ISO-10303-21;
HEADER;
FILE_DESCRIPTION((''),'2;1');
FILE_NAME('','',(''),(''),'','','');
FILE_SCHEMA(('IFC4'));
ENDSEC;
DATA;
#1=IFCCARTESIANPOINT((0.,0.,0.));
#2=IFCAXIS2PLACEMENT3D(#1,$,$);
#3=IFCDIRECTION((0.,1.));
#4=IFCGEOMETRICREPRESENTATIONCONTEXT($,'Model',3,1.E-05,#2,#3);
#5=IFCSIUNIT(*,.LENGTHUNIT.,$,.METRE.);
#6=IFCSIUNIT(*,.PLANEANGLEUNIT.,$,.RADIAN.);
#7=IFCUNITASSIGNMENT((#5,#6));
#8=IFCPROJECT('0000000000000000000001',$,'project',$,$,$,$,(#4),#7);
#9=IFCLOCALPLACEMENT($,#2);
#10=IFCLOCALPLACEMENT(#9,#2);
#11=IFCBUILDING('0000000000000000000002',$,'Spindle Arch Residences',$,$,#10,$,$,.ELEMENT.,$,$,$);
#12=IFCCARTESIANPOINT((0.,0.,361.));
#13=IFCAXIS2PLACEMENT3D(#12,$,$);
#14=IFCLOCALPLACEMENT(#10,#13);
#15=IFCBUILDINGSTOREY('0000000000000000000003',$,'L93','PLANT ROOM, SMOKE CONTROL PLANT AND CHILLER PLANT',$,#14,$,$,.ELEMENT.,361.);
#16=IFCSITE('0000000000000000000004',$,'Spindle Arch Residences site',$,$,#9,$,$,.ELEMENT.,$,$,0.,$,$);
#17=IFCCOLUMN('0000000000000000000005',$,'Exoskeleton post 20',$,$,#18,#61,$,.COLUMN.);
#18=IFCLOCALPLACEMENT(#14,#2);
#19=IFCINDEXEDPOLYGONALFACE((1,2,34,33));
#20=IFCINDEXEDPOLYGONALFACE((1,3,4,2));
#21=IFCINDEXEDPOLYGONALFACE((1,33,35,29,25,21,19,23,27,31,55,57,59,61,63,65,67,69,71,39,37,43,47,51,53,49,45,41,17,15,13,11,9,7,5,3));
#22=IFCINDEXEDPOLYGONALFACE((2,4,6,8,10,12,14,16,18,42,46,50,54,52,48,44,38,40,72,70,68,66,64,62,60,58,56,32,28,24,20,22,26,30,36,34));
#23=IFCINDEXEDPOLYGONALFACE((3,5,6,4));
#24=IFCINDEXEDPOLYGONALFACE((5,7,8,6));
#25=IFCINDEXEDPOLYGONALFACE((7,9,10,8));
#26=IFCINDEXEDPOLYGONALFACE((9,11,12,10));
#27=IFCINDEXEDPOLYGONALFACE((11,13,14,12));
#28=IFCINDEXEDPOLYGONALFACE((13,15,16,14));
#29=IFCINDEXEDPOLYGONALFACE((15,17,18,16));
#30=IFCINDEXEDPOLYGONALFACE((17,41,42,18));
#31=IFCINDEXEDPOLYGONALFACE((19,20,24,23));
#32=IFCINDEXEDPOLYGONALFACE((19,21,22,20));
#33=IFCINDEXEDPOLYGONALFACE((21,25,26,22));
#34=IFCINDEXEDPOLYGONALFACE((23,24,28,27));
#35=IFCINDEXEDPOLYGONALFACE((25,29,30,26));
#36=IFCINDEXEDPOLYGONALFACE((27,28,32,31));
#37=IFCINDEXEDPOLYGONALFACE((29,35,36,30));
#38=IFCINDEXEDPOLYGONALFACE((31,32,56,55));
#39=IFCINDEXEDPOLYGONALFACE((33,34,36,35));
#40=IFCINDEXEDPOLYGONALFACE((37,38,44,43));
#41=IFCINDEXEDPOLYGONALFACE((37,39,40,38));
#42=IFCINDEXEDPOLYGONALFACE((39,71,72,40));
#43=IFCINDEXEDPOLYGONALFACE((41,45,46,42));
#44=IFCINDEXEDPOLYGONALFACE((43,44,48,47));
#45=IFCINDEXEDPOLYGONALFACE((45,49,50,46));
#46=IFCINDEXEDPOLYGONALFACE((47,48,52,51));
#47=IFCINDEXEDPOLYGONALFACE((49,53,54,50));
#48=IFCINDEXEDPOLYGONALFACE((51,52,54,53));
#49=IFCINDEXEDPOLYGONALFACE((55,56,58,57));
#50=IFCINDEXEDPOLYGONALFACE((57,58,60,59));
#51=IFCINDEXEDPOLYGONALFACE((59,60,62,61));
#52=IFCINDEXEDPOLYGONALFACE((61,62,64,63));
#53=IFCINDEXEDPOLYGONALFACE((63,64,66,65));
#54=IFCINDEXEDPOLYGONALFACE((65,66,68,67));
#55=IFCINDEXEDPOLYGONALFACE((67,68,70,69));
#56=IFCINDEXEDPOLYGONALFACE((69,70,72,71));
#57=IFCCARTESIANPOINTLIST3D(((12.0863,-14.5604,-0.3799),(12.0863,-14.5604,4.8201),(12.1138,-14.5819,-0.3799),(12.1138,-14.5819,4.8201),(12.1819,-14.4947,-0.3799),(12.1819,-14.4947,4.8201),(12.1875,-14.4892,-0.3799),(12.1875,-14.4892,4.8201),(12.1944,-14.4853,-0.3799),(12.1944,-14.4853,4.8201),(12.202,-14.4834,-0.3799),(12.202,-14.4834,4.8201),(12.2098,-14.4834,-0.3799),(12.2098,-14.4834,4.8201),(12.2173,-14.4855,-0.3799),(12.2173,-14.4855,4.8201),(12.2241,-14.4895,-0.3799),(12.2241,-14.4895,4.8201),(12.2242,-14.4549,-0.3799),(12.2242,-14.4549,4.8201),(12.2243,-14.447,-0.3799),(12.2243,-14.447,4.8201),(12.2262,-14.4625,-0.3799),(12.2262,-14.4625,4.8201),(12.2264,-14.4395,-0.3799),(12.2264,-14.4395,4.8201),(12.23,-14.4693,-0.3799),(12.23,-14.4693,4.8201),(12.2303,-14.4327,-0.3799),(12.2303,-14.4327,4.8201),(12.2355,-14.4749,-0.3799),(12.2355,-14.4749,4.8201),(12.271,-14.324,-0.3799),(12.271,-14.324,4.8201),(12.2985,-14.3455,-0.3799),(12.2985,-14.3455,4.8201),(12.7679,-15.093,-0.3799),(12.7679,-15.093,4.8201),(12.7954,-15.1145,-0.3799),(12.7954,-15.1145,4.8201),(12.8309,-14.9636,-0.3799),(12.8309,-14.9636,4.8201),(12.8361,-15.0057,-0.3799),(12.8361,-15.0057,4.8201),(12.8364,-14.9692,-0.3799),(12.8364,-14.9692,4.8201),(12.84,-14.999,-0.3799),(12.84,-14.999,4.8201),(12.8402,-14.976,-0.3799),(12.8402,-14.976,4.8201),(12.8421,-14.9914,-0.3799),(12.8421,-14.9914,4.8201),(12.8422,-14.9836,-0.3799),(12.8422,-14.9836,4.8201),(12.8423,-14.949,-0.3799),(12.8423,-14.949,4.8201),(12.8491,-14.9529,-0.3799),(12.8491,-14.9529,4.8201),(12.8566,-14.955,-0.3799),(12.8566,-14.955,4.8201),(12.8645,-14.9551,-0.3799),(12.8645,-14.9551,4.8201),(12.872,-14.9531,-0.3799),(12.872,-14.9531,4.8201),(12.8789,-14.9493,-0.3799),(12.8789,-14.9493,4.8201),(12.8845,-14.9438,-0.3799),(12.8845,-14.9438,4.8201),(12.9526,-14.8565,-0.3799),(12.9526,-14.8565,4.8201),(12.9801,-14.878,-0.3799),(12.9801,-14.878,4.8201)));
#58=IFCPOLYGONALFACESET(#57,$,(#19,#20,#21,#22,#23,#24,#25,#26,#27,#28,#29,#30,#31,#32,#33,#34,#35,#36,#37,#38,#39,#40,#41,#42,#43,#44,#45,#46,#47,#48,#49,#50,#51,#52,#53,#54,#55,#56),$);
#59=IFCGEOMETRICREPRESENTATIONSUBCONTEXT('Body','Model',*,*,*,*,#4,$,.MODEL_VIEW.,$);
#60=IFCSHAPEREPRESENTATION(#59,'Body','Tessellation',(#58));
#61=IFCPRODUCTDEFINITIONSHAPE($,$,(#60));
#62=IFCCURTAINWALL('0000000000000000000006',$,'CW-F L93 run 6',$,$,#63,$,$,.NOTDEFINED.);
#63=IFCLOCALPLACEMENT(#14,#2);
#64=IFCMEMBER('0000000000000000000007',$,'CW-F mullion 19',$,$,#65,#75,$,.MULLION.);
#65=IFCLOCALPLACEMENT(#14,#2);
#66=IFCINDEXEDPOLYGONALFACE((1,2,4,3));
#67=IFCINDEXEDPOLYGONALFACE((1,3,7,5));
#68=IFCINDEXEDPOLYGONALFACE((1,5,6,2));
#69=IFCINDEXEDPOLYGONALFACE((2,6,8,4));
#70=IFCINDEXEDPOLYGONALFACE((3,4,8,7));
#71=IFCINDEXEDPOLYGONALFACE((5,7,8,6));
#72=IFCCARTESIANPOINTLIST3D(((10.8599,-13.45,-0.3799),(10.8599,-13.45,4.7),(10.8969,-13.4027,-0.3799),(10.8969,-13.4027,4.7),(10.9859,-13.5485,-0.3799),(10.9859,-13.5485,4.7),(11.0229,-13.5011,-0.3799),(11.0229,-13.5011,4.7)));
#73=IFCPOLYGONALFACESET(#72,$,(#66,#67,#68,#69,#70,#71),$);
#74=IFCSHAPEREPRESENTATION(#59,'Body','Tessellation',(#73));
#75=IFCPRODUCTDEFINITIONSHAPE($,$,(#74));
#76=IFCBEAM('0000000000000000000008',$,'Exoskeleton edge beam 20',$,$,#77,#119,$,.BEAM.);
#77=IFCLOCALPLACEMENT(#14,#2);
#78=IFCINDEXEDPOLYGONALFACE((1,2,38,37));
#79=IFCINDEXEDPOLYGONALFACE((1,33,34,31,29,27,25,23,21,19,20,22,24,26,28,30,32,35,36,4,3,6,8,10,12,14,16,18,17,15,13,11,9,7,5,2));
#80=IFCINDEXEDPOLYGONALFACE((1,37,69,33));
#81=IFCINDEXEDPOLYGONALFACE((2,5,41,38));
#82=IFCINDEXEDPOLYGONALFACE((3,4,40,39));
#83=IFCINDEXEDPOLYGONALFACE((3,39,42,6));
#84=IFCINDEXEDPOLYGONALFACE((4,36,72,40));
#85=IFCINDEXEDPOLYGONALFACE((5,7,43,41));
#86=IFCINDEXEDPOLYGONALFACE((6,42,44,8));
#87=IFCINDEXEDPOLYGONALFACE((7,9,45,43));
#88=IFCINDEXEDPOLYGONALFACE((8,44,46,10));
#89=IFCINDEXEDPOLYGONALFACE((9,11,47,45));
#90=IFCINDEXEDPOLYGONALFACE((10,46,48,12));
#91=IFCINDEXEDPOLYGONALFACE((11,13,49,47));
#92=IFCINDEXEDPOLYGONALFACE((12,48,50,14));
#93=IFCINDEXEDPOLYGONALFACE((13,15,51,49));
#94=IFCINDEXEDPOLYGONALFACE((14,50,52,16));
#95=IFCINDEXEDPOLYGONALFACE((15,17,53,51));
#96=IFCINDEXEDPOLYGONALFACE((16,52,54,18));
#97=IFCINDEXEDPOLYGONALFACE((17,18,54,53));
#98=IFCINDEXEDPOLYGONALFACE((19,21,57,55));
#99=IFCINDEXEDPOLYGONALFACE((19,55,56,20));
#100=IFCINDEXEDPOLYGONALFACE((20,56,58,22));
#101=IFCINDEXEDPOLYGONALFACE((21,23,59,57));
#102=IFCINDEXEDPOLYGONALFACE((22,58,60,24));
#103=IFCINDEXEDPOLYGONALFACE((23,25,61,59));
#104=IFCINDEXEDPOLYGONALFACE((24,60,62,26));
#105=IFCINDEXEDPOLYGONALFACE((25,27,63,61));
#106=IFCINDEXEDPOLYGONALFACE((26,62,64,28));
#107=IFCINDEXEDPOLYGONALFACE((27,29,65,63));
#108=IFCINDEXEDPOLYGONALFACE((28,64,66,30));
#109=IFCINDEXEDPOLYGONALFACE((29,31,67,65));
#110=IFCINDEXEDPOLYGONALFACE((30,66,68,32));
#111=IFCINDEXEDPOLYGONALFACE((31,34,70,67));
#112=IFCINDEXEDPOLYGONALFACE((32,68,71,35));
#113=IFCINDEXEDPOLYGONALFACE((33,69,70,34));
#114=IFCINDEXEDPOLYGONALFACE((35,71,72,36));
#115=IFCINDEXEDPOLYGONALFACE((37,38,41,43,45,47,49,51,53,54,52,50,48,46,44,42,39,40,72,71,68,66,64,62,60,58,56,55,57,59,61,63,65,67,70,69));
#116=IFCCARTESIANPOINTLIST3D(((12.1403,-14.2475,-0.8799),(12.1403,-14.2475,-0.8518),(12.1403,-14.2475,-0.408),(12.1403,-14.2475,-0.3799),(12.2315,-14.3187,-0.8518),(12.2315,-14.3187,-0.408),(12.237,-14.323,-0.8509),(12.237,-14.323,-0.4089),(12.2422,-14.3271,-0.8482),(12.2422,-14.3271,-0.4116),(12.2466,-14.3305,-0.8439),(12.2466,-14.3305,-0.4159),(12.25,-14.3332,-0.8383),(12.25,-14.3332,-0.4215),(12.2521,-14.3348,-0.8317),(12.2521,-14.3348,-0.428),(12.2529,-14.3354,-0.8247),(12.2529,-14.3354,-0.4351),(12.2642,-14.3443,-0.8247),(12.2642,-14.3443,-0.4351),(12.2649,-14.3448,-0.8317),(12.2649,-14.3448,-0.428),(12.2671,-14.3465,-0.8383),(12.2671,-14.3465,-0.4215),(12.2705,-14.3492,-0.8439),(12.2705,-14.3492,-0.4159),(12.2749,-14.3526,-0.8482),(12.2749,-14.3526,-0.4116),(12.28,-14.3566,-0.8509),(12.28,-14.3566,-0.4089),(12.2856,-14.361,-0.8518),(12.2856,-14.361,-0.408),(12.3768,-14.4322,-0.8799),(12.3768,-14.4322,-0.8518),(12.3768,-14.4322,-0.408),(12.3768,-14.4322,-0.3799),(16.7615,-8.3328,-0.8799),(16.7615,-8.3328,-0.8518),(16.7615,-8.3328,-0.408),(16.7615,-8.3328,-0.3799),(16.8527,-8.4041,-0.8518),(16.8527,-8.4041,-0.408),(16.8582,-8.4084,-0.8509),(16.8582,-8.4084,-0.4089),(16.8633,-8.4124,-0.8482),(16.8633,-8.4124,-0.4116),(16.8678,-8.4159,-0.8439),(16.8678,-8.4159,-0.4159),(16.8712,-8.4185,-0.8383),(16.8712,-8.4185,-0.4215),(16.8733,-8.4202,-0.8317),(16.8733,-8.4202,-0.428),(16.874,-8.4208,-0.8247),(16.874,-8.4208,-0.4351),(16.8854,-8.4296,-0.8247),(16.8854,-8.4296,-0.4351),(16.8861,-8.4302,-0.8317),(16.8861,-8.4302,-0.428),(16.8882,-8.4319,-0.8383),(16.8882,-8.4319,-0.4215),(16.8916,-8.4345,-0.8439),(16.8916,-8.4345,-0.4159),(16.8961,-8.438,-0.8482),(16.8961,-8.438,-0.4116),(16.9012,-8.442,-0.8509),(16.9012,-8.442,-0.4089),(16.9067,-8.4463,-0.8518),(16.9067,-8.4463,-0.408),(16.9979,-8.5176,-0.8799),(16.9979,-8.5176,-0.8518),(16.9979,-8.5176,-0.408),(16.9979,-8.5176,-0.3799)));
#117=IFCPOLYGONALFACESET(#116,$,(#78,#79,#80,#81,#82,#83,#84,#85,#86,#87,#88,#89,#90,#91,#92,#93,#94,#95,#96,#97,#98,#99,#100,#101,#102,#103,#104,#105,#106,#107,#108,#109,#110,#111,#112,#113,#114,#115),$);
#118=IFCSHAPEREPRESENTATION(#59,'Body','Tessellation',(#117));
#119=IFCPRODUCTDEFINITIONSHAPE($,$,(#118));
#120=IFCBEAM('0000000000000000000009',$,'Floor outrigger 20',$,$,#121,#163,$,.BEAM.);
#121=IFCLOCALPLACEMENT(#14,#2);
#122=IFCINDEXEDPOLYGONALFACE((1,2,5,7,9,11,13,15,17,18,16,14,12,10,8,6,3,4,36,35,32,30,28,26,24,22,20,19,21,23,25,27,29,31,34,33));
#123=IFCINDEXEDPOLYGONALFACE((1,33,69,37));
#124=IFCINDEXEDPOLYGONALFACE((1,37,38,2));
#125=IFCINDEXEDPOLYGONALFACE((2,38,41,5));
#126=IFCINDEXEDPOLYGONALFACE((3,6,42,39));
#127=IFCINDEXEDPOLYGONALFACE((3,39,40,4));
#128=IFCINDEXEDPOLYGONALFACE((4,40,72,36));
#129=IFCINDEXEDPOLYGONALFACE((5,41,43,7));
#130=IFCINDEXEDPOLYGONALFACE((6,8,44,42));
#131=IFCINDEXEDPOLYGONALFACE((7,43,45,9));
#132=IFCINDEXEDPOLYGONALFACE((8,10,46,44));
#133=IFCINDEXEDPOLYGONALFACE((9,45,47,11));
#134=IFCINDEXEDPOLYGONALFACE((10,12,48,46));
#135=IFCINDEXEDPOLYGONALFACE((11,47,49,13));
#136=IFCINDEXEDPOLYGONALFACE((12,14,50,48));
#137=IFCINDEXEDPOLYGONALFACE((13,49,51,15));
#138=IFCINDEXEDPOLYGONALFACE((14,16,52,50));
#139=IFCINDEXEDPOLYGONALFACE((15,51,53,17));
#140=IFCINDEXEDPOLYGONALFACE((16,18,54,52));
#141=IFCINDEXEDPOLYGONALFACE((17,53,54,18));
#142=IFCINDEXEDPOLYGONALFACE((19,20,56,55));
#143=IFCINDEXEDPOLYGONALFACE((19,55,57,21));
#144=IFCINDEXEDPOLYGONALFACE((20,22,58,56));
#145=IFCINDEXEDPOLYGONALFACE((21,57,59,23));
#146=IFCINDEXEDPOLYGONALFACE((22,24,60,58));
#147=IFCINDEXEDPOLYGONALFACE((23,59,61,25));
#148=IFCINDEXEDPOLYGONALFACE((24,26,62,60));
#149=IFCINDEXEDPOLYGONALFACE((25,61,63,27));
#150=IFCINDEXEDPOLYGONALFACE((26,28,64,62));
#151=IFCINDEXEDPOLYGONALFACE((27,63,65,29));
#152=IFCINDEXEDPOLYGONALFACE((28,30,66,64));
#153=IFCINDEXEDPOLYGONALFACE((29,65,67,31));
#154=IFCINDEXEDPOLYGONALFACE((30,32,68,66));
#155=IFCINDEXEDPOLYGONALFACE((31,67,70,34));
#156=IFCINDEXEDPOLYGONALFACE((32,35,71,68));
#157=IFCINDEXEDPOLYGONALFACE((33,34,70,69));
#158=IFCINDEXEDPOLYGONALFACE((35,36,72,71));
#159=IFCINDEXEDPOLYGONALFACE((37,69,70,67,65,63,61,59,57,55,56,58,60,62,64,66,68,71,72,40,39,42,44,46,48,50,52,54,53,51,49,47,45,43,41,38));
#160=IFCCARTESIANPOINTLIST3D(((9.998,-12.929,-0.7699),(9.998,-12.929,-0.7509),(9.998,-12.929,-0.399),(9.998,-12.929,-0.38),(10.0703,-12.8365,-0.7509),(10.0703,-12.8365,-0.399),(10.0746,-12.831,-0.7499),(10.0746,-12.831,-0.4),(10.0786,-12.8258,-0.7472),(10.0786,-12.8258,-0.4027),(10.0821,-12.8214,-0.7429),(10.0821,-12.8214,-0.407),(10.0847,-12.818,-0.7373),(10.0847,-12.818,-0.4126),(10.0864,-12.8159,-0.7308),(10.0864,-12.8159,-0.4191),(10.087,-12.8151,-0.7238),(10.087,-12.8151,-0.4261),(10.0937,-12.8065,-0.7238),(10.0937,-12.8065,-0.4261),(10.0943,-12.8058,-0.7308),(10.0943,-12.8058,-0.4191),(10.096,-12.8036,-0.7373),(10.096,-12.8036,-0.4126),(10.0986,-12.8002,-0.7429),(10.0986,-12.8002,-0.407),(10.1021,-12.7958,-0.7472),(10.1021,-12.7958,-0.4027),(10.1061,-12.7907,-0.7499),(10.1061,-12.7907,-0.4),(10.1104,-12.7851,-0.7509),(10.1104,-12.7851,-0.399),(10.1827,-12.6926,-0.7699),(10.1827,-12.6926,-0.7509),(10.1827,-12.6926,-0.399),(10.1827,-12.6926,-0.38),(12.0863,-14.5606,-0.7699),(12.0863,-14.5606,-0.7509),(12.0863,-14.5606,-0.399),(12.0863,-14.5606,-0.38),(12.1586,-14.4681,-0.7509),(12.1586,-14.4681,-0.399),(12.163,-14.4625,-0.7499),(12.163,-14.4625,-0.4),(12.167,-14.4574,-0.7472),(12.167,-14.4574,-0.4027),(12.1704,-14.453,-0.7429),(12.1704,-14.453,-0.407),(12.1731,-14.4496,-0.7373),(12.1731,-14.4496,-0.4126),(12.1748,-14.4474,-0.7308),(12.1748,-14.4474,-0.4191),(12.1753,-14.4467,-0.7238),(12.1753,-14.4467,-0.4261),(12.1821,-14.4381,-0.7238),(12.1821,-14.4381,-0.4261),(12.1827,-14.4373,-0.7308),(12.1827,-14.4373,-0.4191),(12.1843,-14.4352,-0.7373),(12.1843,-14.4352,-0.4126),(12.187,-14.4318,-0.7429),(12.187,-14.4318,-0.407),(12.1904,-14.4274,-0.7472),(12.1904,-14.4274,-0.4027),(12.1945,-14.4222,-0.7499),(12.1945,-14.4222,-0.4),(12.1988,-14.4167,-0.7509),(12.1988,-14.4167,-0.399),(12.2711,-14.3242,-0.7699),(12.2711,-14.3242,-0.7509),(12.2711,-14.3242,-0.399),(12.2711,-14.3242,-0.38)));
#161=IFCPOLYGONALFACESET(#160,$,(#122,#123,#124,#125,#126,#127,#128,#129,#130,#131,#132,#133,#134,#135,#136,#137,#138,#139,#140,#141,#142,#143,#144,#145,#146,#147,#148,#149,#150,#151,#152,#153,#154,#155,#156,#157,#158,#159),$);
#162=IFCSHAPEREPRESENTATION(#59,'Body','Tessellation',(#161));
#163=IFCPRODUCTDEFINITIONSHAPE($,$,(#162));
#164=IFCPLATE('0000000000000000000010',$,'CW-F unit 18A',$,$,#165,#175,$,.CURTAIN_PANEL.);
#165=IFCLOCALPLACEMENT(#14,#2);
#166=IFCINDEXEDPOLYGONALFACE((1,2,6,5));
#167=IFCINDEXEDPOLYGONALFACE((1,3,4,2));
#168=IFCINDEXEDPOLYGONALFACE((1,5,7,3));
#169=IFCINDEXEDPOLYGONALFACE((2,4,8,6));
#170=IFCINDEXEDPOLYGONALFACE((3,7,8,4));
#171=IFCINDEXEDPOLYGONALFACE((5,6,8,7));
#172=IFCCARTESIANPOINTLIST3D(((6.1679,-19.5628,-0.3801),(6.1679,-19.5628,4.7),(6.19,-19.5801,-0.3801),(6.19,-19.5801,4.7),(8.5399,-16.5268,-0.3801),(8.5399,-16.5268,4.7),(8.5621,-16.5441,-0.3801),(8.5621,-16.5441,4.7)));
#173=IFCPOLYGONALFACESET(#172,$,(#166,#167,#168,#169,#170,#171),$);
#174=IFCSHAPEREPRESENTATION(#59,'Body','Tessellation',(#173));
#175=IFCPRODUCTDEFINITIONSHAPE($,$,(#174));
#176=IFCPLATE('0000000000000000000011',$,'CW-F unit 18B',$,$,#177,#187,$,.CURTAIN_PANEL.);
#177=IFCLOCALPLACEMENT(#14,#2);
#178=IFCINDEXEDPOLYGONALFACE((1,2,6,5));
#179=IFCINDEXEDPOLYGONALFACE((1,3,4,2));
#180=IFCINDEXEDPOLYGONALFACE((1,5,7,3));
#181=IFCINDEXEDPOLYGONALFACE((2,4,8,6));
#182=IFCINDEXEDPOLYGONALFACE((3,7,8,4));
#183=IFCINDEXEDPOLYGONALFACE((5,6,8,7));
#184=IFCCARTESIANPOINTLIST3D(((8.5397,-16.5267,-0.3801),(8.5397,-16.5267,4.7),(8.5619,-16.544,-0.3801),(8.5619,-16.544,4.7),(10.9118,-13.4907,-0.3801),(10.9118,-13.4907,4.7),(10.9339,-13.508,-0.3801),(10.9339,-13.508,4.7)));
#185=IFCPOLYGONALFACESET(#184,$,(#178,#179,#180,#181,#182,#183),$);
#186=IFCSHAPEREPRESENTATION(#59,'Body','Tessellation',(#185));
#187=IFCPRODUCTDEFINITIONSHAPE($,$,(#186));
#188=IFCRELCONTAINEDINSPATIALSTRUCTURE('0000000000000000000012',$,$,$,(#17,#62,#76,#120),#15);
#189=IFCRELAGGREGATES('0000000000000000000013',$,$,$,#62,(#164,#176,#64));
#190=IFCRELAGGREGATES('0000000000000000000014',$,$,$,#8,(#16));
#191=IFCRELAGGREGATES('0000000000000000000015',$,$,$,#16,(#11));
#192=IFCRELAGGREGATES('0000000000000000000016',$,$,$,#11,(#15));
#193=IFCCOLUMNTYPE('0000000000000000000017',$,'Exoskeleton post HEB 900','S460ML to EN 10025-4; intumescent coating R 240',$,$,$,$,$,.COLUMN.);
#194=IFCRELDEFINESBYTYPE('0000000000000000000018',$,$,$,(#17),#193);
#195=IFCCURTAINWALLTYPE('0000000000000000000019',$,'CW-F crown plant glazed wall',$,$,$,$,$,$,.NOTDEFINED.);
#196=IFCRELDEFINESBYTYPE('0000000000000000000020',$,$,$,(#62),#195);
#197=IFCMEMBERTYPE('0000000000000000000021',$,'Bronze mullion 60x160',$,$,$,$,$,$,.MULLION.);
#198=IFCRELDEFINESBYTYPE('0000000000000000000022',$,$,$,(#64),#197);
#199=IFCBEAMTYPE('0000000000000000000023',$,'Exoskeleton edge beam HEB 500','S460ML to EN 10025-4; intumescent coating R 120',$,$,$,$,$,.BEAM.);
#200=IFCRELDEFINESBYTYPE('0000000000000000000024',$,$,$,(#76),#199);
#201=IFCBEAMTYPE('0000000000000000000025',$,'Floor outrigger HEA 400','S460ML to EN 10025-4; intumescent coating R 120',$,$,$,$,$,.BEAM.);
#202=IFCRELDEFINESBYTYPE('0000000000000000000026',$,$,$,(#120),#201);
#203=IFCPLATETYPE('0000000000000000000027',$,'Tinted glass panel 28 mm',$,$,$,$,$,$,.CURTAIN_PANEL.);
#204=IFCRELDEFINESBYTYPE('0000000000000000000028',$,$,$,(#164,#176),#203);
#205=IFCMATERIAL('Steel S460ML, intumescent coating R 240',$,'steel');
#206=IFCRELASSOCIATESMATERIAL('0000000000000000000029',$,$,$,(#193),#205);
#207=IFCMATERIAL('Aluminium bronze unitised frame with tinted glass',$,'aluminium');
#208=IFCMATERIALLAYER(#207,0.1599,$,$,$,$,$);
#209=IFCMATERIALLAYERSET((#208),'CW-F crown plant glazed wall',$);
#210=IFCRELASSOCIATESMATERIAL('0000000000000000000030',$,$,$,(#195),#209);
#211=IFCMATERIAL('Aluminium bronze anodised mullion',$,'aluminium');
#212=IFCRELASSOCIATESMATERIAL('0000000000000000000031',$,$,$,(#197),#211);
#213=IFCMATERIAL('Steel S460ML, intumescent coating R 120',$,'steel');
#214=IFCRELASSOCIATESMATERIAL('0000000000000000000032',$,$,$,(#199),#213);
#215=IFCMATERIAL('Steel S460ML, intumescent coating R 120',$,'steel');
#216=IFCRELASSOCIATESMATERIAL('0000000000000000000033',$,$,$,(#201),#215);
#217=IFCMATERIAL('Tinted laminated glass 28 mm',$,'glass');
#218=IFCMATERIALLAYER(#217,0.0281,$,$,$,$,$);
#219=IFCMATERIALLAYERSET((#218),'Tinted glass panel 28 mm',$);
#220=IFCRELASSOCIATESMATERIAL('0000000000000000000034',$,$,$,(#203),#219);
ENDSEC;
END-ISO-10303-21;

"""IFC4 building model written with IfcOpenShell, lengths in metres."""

from ifc_helpers import new_model, si_unit, direction, frame, origin, origin_2d, place, context, subcontext, project, spatial, rectangle, i_section, extrude, material, layer, layer_set, material_profile, profile_set, type_object, element, aggregate, save


model = new_model("IFC4")

# Units and contexts
model_context = context("Model", 3, precision=1e-05, world=origin(), true_north=direction((0.0, 1.0)))
body_context = subcontext(model_context, "Body", "Model", "MODEL_VIEW")
ifc_project = project(units=[si_unit("LENGTHUNIT", "METRE"), si_unit("PLANEANGLEUNIT", "RADIAN")], contexts=[model_context])

# Site, building, storey
site_placement = place(None, origin())
site = spatial("IfcSite", under=ifc_project, at=site_placement, Name="Spindle Arch Residences site", CompositionType="ELEMENT", RefElevation=0.0)
building_placement = place(site_placement, origin())
building = spatial("IfcBuilding", under=site, at=building_placement, Name="Spindle Arch Residences", CompositionType="ELEMENT")
storey_placement = place(building_placement, frame((0.0, 0.0, 361.0)))
storey = spatial("IfcBuildingStorey", under=building, at=storey_placement, Name="L93", Description="PLANT ROOM, SMOKE CONTROL PLANT AND CHILLER PLANT", CompositionType="ELEMENT", Elevation=361.0)

# Column
ifc_material_1 = material(Name="Steel S460ML, intumescent coating R 240", Category="steel")
ifc_material_profile_1 = material_profile(ifc_material_1, i_section(OverallWidth=0.3, OverallDepth=0.8999, WebThickness=0.0186, FlangeThickness=0.0349, FilletRadius=0.03, at=origin_2d()), Name="HEB 900")
ifc_profile_set_1 = profile_set([ifc_material_profile_1], Name="Steel S460ML, intumescent coating R 240")
column_type = type_object("IfcColumnType", Name="Exoskeleton post HEB 900", Description="S460ML to EN 10025-4; intumescent coating R 240", PredefinedType="COLUMN", material=ifc_profile_set_1)
column_placement = place(storey_placement, frame((12.5332, -14.7192, -0.3799), z_axis=(0.0, 0.0, 1.0), x_axis=(-0.615661, -0.788011, 0.0)))
element("IfcColumn", 1, at=column_placement, inside=storey, type_object=column_type, Name="Exoskeleton post 20", PredefinedType="COLUMN", context=body_context, shape_type="SweptSolid", body=[
    extrude(i_section(OverallWidth=0.3, OverallDepth=0.8999, WebThickness=0.0186, FlangeThickness=0.0349, FilletRadius=0.03, at=origin_2d()), origin(), (0.0, 0.0, 1.0), 5.2),
])

# Curtain wall, member
ifc_material_2 = material(Name="Aluminium bronze unitised frame with tinted glass", Category="aluminium")
ifc_layer_1 = layer(ifc_material_2, 0.1599)
ifc_layer_set_1 = layer_set([ifc_layer_1], Name="CW-F crown plant glazed wall")
curtain_wall_type = type_object("IfcCurtainWallType", Name="CW-F crown plant glazed wall", PredefinedType="NOTDEFINED", material=ifc_layer_set_1)
curtain_wall_placement = place(storey_placement, origin())
curtain_wall = element("IfcCurtainWall", 2, at=curtain_wall_placement, inside=storey, type_object=curtain_wall_type, Name="CW-F L93 run 6", PredefinedType="NOTDEFINED")
ifc_material_3 = material(Name="Aluminium bronze anodised mullion", Category="aluminium")
ifc_material_profile_2 = material_profile(ifc_material_3, rectangle(XDim=0.1599, YDim=0.0601, at=origin_2d()), Name="MU 60x160")
ifc_profile_set_2 = profile_set([ifc_material_profile_2], Name="Aluminium bronze anodised mullion")
member_type = type_object("IfcMemberType", Name="Bronze mullion 60x160", PredefinedType="MULLION", material=ifc_profile_set_2)
member_placement = place(storey_placement, frame((10.9414, -13.4756, -0.3799), z_axis=(0.0, 0.0, 1.0), x_axis=(-0.788011, 0.615661, 0.0)))
member = element("IfcMember", 3, at=member_placement, type_object=member_type, Name="CW-F mullion 19", PredefinedType="MULLION", context=body_context, shape_type="SweptSolid", body=[
    extrude(rectangle(XDim=0.1599, YDim=0.0601, at=origin_2d()), origin(), (0.0, 0.0, 1.0), 5.0798),
])

# Beams
ifc_material_4 = material(Name="Steel S460ML, intumescent coating R 120", Category="steel")
ifc_material_profile_3 = material_profile(ifc_material_4, i_section(OverallWidth=0.3, OverallDepth=0.5, WebThickness=0.0144, FlangeThickness=0.0281, FilletRadius=0.0271, at=origin_2d()), Name="HEB 500")
ifc_profile_set_3 = profile_set([ifc_material_profile_3], Name="Steel S460ML, intumescent coating R 120")
beam_type_1 = type_object("IfcBeamType", Name="Exoskeleton edge beam HEB 500", Description="S460ML to EN 10025-4; intumescent coating R 120", PredefinedType="BEAM", material=ifc_profile_set_3)
beam_1_placement = place(storey_placement, frame((12.2585, -14.3398, -0.6299), z_axis=(0.615673, 0.788002, 0.0), x_axis=(-0.788002, 0.615673, 0.0)))
element("IfcBeam", 4, at=beam_1_placement, inside=storey, type_object=beam_type_1, Name="Exoskeleton edge beam 20", PredefinedType="BEAM", context=body_context, shape_type="SweptSolid", body=[
    extrude(i_section(OverallWidth=0.3, OverallDepth=0.5, WebThickness=0.0144, FlangeThickness=0.0281, FilletRadius=0.0271, at=origin_2d()), origin(), (0.0, 0.0, 1.0), 7.5059),
])
ifc_material_5 = material(Name="Steel S460ML, intumescent coating R 120", Category="steel")
ifc_material_profile_4 = material_profile(ifc_material_5, i_section(OverallWidth=0.3, OverallDepth=0.3899, WebThickness=0.011, FlangeThickness=0.019, FilletRadius=0.0271, at=origin_2d()), Name="HEA 400")
ifc_profile_set_4 = profile_set([ifc_material_profile_4], Name="Steel S460ML, intumescent coating R 120")
beam_type_2 = type_object("IfcBeamType", Name="Floor outrigger HEA 400", Description="S460ML to EN 10025-4; intumescent coating R 120", PredefinedType="BEAM", material=ifc_profile_set_4)
beam_2_placement = place(storey_placement, frame((12.1787, -14.4424, -0.575), z_axis=(-0.788016, 0.615655, 0.0), x_axis=(-0.615655, -0.788016, 0.0)))
element("IfcBeam", 5, at=beam_2_placement, inside=storey, type_object=beam_type_2, Name="Floor outrigger 20", PredefinedType="BEAM", context=body_context, shape_type="SweptSolid", body=[
    extrude(i_section(OverallWidth=0.3, OverallDepth=0.3899, WebThickness=0.011, FlangeThickness=0.019, FilletRadius=0.0271, at=origin_2d()), origin(), (0.0, 0.0, 1.0), 2.6501),
])

# Plates
ifc_material_6 = material(Name="Tinted laminated glass 28 mm", Category="glass")
ifc_layer_2 = layer(ifc_material_6, 0.0281)
ifc_layer_set_2 = layer_set([ifc_layer_2], Name="Tinted glass panel 28 mm")
plate_type = type_object("IfcPlateType", Name="Tinted glass panel 28 mm", PredefinedType="CURTAIN_PANEL", material=ifc_layer_set_2)
plate_1_placement = place(storey_placement, frame((7.365, -18.0535, -0.3801), z_axis=(0.0, 0.0, 1.0), x_axis=(0.615661, 0.788011, 0.0)))
plate_1 = element("IfcPlate", 6, at=plate_1_placement, type_object=plate_type, Name="CW-F unit 18A", PredefinedType="CURTAIN_PANEL", context=body_context, shape_type="SweptSolid", body=[
    extrude(rectangle(XDim=3.8528, YDim=0.0281, at=origin_2d()), origin(), (0.0, 0.0, 1.0), 5.0801),
])
plate_2_placement = place(storey_placement, frame((9.7368, -15.0173, -0.3801), z_axis=(0.0, 0.0, 1.0), x_axis=(0.615661, 0.788011, 0.0)))
plate_2 = element("IfcPlate", 7, at=plate_2_placement, type_object=plate_type, Name="CW-F unit 18B", PredefinedType="CURTAIN_PANEL", context=body_context, shape_type="SweptSolid", body=[
    extrude(rectangle(XDim=3.8528, YDim=0.0281, at=origin_2d()), origin(), (0.0, 0.0, 1.0), 5.0801),
])
aggregate(curtain_wall, [plate_1, plate_2, member])

save(model, "model.ifc")
